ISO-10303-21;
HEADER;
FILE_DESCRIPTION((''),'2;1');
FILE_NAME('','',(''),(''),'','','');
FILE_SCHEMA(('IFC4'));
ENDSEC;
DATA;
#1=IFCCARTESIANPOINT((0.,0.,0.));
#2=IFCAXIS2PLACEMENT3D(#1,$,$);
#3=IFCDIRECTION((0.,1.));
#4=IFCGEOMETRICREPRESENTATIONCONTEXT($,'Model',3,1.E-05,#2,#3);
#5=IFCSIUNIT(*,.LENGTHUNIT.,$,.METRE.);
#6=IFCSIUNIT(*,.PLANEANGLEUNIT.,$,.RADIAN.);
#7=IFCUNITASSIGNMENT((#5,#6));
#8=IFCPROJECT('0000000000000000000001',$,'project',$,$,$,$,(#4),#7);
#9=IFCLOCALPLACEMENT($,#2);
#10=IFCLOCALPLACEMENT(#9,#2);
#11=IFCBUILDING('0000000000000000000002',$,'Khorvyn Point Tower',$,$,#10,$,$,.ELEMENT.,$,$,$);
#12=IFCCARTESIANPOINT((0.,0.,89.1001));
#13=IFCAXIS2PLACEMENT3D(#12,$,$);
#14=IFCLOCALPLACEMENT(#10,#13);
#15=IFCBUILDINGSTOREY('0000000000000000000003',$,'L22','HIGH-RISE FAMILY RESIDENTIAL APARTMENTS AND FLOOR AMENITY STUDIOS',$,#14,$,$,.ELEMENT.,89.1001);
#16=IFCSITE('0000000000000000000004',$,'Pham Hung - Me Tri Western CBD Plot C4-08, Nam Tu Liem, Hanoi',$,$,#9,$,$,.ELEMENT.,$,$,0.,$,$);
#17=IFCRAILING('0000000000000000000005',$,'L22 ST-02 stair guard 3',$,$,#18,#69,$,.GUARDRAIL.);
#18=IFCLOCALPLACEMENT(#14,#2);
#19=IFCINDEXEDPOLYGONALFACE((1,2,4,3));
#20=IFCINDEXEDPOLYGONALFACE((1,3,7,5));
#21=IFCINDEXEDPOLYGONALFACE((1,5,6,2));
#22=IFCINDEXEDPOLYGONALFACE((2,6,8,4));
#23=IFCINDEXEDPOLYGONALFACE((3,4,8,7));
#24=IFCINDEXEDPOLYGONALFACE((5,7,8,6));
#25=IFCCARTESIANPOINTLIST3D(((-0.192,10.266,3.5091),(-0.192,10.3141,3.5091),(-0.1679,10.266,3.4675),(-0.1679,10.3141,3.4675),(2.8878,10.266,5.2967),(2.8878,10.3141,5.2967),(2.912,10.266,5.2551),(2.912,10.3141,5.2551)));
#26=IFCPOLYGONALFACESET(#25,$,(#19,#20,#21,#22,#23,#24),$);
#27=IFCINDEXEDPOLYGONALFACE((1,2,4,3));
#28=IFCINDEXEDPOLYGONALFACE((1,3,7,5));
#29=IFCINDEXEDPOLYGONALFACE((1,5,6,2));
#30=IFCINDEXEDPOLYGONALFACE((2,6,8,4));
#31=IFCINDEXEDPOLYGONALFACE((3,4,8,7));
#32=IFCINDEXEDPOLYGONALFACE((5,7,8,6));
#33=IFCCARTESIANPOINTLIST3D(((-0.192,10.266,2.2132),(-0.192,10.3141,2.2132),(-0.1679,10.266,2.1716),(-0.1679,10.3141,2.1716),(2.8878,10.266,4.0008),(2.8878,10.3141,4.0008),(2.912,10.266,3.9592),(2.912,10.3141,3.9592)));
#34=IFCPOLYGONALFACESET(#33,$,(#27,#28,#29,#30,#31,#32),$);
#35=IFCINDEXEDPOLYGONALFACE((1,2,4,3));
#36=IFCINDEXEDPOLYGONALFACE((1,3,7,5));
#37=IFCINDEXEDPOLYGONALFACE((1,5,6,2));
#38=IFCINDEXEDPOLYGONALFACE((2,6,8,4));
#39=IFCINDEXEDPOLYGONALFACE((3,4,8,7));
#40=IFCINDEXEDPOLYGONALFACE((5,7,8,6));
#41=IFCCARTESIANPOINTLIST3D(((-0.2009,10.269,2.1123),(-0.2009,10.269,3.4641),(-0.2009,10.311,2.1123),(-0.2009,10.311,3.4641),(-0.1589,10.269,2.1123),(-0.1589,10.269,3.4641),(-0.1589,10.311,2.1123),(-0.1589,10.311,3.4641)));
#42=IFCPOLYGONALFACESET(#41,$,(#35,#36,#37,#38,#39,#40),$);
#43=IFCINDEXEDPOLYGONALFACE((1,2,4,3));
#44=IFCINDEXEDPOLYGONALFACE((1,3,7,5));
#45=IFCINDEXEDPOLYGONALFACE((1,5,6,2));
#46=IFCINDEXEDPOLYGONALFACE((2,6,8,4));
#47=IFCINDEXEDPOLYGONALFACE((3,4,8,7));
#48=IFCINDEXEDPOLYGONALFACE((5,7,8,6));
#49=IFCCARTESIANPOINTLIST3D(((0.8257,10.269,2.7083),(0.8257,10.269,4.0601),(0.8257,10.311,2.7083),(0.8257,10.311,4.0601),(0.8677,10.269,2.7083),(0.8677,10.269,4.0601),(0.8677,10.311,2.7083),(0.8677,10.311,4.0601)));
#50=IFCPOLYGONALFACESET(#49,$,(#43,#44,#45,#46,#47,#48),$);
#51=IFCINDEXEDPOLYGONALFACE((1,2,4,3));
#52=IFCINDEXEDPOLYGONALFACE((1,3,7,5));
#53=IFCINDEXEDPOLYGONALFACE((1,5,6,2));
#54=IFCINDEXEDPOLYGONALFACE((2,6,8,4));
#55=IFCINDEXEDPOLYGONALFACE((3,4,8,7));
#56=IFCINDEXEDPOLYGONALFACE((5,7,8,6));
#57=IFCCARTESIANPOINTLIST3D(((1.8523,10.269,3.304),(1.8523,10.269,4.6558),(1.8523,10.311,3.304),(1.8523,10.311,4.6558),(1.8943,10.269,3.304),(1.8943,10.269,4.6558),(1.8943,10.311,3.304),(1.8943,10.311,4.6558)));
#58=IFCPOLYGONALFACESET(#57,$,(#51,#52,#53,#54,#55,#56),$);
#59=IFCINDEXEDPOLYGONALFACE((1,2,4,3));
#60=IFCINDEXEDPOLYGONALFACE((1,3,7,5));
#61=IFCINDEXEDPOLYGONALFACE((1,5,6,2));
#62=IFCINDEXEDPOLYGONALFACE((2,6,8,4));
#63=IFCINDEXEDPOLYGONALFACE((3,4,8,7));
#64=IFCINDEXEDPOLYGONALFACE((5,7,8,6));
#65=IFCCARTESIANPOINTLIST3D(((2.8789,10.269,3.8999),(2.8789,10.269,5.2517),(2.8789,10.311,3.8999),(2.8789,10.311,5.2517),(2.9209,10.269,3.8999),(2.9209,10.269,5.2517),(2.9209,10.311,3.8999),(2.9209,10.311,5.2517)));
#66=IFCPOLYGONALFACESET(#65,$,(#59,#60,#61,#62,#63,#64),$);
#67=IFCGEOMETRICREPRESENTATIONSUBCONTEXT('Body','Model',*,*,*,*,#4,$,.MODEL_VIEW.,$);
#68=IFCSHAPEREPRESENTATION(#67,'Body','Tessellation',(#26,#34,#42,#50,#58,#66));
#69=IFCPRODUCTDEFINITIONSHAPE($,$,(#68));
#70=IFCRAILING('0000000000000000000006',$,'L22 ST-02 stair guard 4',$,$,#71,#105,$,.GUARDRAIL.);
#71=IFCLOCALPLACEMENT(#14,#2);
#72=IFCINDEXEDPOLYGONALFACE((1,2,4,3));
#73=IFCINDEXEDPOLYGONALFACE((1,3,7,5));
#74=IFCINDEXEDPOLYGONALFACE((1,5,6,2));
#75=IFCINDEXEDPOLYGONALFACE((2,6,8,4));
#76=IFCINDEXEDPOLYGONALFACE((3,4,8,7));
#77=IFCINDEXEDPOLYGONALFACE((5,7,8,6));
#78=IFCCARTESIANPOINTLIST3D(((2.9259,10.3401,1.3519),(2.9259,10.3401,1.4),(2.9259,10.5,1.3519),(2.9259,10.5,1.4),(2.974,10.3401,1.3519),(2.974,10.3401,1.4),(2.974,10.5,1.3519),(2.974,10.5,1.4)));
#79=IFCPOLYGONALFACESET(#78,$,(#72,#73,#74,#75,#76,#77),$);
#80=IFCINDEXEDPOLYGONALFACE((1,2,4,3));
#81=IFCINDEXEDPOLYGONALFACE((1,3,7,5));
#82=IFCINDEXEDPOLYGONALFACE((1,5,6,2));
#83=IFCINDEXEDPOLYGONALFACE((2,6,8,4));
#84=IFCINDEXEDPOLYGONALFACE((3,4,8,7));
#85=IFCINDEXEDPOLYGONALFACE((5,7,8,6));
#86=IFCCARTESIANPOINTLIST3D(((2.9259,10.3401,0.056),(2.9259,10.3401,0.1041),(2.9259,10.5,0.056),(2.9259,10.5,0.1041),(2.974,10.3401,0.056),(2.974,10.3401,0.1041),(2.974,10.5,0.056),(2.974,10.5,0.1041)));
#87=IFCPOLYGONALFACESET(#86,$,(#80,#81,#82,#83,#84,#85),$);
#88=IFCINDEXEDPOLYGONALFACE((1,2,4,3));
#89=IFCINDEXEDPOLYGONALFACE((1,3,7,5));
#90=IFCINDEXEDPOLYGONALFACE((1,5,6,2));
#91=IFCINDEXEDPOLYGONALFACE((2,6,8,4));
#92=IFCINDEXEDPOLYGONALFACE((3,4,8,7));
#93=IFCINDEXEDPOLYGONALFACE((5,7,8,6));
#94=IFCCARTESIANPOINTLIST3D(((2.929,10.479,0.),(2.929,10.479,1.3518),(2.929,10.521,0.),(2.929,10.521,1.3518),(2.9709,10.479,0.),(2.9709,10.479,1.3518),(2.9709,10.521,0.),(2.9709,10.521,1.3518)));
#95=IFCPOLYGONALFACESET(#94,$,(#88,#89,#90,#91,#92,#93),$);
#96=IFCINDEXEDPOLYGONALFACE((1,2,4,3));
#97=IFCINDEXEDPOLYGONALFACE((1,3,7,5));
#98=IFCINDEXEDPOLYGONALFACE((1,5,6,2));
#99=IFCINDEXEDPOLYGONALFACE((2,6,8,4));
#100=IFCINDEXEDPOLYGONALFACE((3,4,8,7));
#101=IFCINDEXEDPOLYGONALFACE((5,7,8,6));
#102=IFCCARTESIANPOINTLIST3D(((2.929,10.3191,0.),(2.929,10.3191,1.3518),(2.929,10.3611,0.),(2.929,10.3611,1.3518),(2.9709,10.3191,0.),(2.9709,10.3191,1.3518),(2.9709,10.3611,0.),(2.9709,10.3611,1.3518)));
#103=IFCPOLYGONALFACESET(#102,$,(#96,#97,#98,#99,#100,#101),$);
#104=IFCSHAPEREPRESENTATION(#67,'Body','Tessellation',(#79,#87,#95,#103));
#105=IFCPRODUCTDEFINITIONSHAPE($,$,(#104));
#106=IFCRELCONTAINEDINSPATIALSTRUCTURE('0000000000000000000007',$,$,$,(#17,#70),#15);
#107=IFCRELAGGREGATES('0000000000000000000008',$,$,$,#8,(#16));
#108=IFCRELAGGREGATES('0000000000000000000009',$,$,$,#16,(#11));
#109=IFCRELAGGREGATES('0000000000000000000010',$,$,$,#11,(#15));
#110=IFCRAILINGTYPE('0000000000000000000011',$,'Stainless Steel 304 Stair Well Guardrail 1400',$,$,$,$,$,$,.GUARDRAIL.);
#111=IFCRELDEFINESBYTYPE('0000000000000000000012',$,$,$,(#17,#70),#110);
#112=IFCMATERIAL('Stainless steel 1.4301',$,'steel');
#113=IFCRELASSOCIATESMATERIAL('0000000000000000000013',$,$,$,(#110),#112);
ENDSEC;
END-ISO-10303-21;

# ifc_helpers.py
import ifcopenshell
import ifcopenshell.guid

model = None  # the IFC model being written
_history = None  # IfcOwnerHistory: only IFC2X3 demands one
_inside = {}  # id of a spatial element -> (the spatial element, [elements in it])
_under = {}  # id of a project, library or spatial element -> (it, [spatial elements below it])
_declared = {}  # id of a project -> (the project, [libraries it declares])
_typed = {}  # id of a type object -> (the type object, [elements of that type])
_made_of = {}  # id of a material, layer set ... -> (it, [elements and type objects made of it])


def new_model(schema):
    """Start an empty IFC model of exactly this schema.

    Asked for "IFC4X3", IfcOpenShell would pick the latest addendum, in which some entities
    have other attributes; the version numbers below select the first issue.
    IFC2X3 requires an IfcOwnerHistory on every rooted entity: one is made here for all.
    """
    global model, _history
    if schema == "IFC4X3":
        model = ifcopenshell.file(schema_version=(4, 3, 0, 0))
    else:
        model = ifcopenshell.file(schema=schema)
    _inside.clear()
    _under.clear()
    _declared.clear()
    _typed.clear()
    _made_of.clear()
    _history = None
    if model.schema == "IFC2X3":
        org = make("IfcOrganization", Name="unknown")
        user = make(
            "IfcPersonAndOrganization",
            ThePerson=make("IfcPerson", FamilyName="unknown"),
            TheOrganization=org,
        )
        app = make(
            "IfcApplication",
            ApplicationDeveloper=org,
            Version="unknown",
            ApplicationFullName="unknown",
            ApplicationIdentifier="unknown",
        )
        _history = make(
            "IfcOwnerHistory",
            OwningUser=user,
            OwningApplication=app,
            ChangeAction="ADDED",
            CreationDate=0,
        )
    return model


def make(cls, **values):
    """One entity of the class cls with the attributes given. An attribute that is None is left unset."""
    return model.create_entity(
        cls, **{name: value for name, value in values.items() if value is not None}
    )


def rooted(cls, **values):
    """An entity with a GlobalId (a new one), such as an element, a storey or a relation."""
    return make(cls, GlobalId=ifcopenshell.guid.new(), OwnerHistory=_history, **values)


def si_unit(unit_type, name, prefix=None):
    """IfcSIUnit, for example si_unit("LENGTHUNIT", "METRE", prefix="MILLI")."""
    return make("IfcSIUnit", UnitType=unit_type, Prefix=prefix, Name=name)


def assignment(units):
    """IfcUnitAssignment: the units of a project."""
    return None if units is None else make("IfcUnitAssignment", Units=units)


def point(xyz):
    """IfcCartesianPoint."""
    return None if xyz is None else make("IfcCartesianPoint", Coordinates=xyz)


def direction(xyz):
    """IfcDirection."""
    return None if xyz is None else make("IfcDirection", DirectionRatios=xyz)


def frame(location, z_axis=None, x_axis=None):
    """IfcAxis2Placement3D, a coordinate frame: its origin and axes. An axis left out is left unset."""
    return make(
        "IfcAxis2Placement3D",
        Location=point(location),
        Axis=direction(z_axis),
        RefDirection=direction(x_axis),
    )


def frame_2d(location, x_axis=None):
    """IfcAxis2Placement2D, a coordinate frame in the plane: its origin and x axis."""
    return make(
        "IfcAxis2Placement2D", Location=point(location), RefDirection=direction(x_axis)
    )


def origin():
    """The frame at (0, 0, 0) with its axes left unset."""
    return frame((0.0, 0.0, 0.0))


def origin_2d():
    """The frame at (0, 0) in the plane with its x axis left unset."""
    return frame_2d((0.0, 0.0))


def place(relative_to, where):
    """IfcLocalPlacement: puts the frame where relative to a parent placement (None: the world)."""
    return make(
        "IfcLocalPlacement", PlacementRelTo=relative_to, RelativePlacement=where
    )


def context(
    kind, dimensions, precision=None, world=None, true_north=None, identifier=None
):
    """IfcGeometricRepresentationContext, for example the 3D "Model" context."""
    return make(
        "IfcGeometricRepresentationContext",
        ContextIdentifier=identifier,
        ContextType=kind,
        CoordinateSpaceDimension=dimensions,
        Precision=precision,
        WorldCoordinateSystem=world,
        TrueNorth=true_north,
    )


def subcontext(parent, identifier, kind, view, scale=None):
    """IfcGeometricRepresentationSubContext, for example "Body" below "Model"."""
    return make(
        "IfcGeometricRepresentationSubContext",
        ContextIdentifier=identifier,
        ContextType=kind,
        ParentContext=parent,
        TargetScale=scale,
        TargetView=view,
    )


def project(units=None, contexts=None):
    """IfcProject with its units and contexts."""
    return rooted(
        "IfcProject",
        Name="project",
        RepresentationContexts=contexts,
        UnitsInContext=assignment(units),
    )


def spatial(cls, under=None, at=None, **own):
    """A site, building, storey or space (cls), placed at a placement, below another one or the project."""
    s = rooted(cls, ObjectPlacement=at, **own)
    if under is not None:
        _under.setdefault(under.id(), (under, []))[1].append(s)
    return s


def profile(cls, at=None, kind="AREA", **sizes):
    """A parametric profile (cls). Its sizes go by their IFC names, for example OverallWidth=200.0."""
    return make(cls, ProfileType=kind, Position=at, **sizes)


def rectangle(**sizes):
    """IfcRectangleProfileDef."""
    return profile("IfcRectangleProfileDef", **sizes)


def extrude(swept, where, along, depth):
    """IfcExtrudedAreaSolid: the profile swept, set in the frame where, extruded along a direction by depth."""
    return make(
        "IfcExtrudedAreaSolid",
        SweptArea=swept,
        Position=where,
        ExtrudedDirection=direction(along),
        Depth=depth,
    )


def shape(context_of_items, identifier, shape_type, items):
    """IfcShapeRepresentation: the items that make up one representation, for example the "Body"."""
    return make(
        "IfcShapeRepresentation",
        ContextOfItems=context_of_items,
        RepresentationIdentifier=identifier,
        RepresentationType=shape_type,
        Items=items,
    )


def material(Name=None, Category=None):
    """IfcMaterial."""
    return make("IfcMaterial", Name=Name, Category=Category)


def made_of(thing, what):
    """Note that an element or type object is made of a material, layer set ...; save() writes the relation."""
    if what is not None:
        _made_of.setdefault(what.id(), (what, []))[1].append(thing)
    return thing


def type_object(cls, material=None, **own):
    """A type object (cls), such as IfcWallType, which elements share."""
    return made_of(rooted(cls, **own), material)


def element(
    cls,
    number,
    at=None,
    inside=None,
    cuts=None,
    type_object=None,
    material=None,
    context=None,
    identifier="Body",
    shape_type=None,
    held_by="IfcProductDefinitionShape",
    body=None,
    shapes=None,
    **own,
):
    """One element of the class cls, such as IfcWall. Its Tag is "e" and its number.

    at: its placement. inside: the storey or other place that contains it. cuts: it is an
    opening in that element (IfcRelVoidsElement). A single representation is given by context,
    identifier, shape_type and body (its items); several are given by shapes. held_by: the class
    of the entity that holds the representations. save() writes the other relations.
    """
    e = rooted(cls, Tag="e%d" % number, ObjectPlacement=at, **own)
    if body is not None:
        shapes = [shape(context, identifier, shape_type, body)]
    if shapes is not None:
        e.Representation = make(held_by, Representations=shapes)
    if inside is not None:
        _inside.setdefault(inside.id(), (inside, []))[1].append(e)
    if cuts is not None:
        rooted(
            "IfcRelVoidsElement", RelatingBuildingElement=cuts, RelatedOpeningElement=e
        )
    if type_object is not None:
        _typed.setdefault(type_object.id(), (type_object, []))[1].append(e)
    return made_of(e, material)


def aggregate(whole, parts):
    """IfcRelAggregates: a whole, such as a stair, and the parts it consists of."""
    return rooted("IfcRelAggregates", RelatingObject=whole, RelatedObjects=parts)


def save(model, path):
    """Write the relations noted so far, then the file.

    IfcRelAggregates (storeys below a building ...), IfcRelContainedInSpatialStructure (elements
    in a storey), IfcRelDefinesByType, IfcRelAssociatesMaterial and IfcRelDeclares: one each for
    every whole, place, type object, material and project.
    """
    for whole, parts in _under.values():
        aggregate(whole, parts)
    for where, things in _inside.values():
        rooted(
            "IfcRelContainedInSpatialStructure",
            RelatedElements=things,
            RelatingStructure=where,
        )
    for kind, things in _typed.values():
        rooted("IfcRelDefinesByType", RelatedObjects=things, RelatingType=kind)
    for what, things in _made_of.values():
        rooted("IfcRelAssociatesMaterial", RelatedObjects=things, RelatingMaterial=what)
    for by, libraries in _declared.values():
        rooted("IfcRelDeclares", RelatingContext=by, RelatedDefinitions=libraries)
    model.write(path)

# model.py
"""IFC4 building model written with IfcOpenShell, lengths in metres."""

from ifc_helpers import new_model, si_unit, direction, frame, origin, origin_2d, place, context, subcontext, project, spatial, rectangle, extrude, material, type_object, element, save


model = new_model("IFC4")

# Units and contexts
model_context = context("Model", 3, precision=1e-05, world=origin(), true_north=direction((0.0, 1.0)))
body_context = subcontext(model_context, "Body", "Model", "MODEL_VIEW")
ifc_project = project(units=[si_unit("LENGTHUNIT", "METRE"), si_unit("PLANEANGLEUNIT", "RADIAN")], contexts=[model_context])

# Site, building, storey
site_placement = place(None, origin())
site = spatial("IfcSite", under=ifc_project, at=site_placement, Name="Pham Hung - Me Tri Western CBD Plot C4-08, Nam Tu Liem, Hanoi", CompositionType="ELEMENT", RefElevation=0.0)
building_placement = place(site_placement, origin())
building = spatial("IfcBuilding", under=site, at=building_placement, Name="Khorvyn Point Tower", CompositionType="ELEMENT")
storey_placement = place(building_placement, frame((0.0, 0.0, 89.1001)))
storey = spatial("IfcBuildingStorey", under=building, at=storey_placement, Name="L22", Description="HIGH-RISE FAMILY RESIDENTIAL APARTMENTS AND FLOOR AMENITY STUDIOS", CompositionType="ELEMENT", Elevation=89.1001)

# Shared definitions
ifc_material_1 = material(Name="Stainless steel 1.4301", Category="steel")

# Railings
railing_type_1 = type_object("IfcRailingType", Name="Stainless Steel 304 Stair Well Guardrail 1400", PredefinedType="GUARDRAIL", material=ifc_material_1)
railing_1_placement = place(storey_placement, frame((-0.1799, 10.29, 2.1123)))
element("IfcRailing", 1, at=railing_1_placement, inside=storey, type_object=railing_type_1, Name="L22 ST-02 stair guard 3", PredefinedType="GUARDRAIL", context=body_context, shape_type="SweptSolid", body=[
    extrude(rectangle(XDim=0.0481, YDim=0.0481, at=origin_2d()), frame((0.0, 0.0, 1.376), z_axis=(0.864873, 0.0, 0.50199), x_axis=(0.0, 1.0, 0.0)), (0.0, 0.0, 1.0), 3.561),
    extrude(rectangle(XDim=0.0481, YDim=0.0481, at=origin_2d()), frame((0.0, 0.0, 0.0801), z_axis=(0.864873, 0.0, 0.50199), x_axis=(0.0, 1.0, 0.0)), (0.0, 0.0, 1.0), 3.561),
    extrude(rectangle(XDim=0.042, YDim=0.042, at=origin_2d()), origin(), (0.0, 0.0, 1.0), 1.3518),
    extrude(rectangle(XDim=0.042, YDim=0.042, at=origin_2d()), frame((1.0266, 0.0, 0.5959)), (0.0, 0.0, 1.0), 1.3518),
    extrude(rectangle(XDim=0.042, YDim=0.042, at=origin_2d()), frame((2.0532, 0.0, 1.1917)), (0.0, 0.0, 1.0), 1.3518),
    extrude(rectangle(XDim=0.042, YDim=0.042, at=origin_2d()), frame((3.0798, 0.0, 1.7876)), (0.0, 0.0, 1.0), 1.3518),
])
railing_2_placement = place(storey_placement, frame((2.95, 10.5, 0.0)))
element("IfcRailing", 2, at=railing_2_placement, inside=storey, type_object=railing_type_1, Name="L22 ST-02 stair guard 4", PredefinedType="GUARDRAIL", context=body_context, shape_type="SweptSolid", body=[
    extrude(rectangle(XDim=0.0481, YDim=0.0481, at=origin_2d()), frame((0.0, 0.0, 1.376), z_axis=(0.0, -1.0, 0.0), x_axis=(1.0, 0.0, 0.0)), (0.0, 0.0, 1.0), 0.1599),
    extrude(rectangle(XDim=0.0481, YDim=0.0481, at=origin_2d()), frame((0.0, 0.0, 0.0801), z_axis=(0.0, -1.0, 0.0), x_axis=(1.0, 0.0, 0.0)), (0.0, 0.0, 1.0), 0.1599),
    extrude(rectangle(XDim=0.042, YDim=0.042, at=origin_2d()), origin(), (0.0, 0.0, 1.0), 1.3518),
    extrude(rectangle(XDim=0.042, YDim=0.042, at=origin_2d()), frame((0.0, -0.1599, 0.0)), (0.0, 0.0, 1.0), 1.3518),
])

save(model, "model.ifc")
